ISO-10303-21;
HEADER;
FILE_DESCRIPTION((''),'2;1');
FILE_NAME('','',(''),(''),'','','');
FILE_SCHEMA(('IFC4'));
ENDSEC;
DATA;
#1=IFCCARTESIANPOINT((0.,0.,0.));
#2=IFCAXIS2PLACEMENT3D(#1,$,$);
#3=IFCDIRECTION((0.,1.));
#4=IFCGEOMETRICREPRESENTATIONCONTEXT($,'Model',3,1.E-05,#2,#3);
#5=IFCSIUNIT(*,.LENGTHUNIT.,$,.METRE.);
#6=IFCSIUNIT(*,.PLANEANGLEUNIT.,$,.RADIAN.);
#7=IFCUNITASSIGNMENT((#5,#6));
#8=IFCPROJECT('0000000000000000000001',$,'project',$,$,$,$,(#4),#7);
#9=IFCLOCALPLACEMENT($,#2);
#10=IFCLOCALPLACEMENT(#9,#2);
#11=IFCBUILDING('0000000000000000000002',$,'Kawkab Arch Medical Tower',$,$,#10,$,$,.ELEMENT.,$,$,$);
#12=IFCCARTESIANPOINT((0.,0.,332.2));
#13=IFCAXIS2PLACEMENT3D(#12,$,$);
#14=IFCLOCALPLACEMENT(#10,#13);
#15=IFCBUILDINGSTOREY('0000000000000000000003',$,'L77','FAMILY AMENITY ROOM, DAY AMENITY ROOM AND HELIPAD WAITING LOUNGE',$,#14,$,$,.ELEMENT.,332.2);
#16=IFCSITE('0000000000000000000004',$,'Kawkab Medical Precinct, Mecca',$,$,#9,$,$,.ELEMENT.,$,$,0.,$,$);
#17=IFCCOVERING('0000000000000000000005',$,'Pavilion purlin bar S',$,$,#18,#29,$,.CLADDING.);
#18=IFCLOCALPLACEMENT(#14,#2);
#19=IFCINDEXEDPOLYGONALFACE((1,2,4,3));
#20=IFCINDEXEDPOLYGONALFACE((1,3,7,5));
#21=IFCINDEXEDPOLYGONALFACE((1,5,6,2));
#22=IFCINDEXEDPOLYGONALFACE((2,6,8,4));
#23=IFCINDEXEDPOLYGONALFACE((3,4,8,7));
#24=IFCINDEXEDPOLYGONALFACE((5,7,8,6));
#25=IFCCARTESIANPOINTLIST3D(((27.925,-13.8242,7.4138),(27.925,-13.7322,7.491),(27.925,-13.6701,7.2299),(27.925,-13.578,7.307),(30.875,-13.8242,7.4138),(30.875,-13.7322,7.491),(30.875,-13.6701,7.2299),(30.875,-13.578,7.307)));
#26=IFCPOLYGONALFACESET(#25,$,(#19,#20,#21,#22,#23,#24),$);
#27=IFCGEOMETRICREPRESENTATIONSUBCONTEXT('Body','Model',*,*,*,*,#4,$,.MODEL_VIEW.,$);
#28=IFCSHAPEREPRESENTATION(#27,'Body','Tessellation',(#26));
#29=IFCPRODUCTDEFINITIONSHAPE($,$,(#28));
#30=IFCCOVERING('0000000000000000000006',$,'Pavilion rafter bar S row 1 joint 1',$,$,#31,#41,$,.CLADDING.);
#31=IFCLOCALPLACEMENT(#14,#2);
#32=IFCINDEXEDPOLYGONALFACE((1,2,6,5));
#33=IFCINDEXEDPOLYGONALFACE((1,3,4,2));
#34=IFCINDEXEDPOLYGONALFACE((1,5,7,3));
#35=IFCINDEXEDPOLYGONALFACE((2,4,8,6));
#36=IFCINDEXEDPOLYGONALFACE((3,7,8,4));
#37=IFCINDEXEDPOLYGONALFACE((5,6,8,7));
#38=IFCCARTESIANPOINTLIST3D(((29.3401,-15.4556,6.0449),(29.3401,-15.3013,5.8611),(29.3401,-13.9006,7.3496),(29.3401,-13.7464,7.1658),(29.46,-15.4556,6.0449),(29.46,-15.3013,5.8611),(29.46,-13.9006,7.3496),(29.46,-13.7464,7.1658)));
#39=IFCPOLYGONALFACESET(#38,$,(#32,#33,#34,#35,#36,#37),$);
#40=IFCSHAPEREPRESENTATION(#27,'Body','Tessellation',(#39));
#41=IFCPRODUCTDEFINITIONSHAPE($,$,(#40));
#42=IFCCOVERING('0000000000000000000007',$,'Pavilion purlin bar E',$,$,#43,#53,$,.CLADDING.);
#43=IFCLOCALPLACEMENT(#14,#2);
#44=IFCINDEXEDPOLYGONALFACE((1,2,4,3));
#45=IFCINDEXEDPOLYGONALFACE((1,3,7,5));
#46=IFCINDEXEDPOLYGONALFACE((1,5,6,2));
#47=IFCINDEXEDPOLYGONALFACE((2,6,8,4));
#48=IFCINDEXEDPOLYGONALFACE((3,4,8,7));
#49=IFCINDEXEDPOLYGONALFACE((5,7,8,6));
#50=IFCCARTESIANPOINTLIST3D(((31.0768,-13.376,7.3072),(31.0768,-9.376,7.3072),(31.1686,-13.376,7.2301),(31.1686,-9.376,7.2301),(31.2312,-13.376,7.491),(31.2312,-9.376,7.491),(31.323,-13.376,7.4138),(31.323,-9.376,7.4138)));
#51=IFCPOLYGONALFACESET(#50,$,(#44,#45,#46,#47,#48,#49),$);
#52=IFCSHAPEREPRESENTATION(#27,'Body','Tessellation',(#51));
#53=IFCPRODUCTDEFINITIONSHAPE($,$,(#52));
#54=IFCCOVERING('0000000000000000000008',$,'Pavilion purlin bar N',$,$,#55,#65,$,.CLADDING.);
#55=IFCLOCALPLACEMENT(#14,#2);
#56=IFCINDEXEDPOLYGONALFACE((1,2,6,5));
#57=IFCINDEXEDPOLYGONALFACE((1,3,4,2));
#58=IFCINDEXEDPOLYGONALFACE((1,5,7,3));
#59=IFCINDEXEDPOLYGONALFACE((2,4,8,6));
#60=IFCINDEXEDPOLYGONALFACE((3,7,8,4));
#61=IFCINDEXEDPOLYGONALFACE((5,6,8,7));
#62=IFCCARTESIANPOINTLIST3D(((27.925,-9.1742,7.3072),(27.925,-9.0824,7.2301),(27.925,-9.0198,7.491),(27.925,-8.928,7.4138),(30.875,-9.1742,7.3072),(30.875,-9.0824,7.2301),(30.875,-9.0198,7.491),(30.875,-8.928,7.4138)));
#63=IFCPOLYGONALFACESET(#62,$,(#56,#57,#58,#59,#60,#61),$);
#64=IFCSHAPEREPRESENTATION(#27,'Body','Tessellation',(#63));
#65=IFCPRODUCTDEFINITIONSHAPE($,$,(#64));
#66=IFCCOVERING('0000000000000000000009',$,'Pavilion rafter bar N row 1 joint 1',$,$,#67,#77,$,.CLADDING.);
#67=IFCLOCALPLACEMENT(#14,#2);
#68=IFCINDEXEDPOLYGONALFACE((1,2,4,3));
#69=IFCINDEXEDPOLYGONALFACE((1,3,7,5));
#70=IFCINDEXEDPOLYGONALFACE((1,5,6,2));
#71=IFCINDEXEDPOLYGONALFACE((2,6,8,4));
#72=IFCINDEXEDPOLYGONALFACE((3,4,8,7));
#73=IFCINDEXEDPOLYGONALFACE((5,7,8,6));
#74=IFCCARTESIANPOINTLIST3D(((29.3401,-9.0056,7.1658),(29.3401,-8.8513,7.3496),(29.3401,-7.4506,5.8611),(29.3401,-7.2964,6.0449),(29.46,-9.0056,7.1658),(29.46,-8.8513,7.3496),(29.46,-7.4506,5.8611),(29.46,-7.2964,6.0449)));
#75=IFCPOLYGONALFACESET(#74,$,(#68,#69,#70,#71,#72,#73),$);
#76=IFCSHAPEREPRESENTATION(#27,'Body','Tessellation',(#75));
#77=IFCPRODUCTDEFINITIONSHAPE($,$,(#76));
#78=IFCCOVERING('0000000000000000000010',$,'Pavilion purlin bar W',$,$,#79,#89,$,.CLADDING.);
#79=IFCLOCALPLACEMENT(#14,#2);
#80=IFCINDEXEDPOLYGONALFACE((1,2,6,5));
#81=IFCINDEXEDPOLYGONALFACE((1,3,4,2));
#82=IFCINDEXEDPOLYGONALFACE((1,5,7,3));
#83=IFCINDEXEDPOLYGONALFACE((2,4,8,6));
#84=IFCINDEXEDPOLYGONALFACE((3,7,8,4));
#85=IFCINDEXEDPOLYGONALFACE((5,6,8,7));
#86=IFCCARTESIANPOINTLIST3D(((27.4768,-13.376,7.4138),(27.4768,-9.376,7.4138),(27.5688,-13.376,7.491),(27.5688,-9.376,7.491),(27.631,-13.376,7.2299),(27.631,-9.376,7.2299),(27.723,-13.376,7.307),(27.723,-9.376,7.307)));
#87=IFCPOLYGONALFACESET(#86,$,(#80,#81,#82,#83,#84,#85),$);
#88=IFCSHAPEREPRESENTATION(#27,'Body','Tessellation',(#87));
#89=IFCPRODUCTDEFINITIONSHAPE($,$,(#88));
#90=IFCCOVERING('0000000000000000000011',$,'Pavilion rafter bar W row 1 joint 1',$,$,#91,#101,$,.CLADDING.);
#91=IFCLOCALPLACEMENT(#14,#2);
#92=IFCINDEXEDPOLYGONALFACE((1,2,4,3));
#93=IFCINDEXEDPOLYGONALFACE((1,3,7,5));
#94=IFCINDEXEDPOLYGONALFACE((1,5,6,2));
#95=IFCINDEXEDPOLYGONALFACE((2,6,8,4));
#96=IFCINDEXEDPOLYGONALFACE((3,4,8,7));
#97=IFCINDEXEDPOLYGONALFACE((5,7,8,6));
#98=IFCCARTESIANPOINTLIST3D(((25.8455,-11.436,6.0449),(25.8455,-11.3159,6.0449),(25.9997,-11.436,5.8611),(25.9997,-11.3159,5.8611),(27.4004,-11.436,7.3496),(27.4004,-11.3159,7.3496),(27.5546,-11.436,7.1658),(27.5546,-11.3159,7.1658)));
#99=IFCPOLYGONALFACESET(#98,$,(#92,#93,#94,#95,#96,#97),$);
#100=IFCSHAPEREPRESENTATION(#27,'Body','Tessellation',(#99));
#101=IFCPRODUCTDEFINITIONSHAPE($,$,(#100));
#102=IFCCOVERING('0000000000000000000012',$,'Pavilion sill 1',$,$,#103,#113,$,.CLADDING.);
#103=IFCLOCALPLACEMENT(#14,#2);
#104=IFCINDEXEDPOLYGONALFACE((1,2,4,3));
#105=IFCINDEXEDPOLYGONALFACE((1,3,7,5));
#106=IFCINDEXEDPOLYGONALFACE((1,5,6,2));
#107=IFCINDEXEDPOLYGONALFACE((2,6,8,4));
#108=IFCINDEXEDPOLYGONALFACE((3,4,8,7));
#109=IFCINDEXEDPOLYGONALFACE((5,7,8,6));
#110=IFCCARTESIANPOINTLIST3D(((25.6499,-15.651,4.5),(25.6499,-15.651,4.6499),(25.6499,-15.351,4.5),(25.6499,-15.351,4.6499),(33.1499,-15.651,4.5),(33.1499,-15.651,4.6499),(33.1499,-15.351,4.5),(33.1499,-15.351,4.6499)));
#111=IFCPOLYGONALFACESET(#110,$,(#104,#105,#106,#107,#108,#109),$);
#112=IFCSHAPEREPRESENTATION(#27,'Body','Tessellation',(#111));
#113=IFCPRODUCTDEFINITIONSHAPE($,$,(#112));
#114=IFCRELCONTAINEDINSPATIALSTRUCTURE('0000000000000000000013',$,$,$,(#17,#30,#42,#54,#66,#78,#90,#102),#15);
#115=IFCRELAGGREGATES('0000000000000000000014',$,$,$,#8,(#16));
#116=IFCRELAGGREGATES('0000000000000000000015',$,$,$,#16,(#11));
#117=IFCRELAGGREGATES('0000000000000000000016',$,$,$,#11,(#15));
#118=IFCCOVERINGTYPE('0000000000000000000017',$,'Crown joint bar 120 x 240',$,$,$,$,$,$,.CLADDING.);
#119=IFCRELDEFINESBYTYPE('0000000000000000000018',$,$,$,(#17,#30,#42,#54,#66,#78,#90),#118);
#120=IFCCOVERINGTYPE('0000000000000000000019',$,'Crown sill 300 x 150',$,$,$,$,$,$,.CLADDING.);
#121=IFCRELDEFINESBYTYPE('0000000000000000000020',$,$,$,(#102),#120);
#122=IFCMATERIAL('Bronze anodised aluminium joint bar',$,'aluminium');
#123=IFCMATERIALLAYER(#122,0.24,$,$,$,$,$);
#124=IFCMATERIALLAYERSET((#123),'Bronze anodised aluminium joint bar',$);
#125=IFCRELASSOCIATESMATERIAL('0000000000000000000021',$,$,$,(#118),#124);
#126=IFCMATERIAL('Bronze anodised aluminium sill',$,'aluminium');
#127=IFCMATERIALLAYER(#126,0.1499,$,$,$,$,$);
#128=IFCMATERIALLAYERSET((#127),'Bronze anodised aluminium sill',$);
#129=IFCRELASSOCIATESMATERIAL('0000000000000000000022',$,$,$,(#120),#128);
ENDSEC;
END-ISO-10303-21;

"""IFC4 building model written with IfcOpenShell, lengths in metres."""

from ifc_helpers import new_model, si_unit, direction, frame, origin, origin_2d, place, context, subcontext, project, spatial, polyline, rectangle, outline, extrude, material, layer, layer_set, type_object, element, save


model = new_model("IFC4")

# Units and contexts
model_context = context("Model", 3, precision=1e-05, world=origin(), true_north=direction((0.0, 1.0)))
body_context = subcontext(model_context, "Body", "Model", "MODEL_VIEW")
ifc_project = project(units=[si_unit("LENGTHUNIT", "METRE"), si_unit("PLANEANGLEUNIT", "RADIAN")], contexts=[model_context])

# Site, building, storey
site_placement = place(None, origin())
site = spatial("IfcSite", under=ifc_project, at=site_placement, Name="Kawkab Medical Precinct, Mecca", CompositionType="ELEMENT", RefElevation=0.0)
building_placement = place(site_placement, origin())
building = spatial("IfcBuilding", under=site, at=building_placement, Name="Kawkab Arch Medical Tower", CompositionType="ELEMENT")
storey_placement = place(building_placement, frame((0.0, 0.0, 332.2)))
storey = spatial("IfcBuildingStorey", under=building, at=storey_placement, Name="L77", Description="FAMILY AMENITY ROOM, DAY AMENITY ROOM AND HELIPAD WAITING LOUNGE", CompositionType="ELEMENT", Elevation=332.2)

# Coverings
ifc_material_1 = material(Name="Bronze anodised aluminium joint bar", Category="aluminium")
ifc_layer_1 = layer(ifc_material_1, 0.24)
ifc_layer_set_1 = layer_set([ifc_layer_1], Name="Bronze anodised aluminium joint bar")
covering_type_1 = type_object("IfcCoveringType", Name="Crown joint bar 120 x 240", PredefinedType="CLADDING", material=ifc_layer_set_1)
covering_1_placement = place(storey_placement, frame((27.925, -13.8242, 7.4138), z_axis=(0.0, -0.642381, 0.766385), x_axis=(1.0, 0.0, 0.0)))
element("IfcCovering", 1, at=covering_1_placement, inside=storey, type_object=covering_type_1, Name="Pavilion purlin bar S", PredefinedType="CLADDING", context=body_context, shape_type="SweptSolid", body=[
    extrude(outline(polyline([(0.0, 0.0), (2.95, 0.0), (2.95, 0.1201), (0.0, 0.1201), (0.0, 0.0)])), origin(), (0.0, 0.0, -1.0), 0.24),
])
covering_2_placement = place(storey_placement, frame((29.46, -15.4556, 6.0449), z_axis=(0.0, -0.642772, 0.766058), x_axis=(0.0, 0.766058, 0.642772)))
element("IfcCovering", 2, at=covering_2_placement, inside=storey, type_object=covering_type_1, Name="Pavilion rafter bar S row 1 joint 1", PredefinedType="CLADDING", context=body_context, shape_type="SweptSolid", body=[
    extrude(outline(polyline([(0.0, 0.0), (2.0298, 0.0), (2.0298, 0.1199), (0.0, 0.1199), (0.0, 0.0)])), origin(), (0.0, 0.0, -1.0), 0.24),
])
covering_3_placement = place(storey_placement, frame((31.323, -13.376, 7.4138), z_axis=(0.643383, 0.0, 0.765544), x_axis=(0.0, 1.0, 0.0)))
element("IfcCovering", 3, at=covering_3_placement, inside=storey, type_object=covering_type_1, Name="Pavilion purlin bar E", PredefinedType="CLADDING", context=body_context, shape_type="SweptSolid", body=[
    extrude(outline(polyline([(0.0, 0.0), (4.0, 0.0), (4.0, 0.1199), (0.0, 0.1199), (0.0, 0.0)])), origin(), (0.0, 0.0, -1.0), 0.24),
])
covering_4_placement = place(storey_placement, frame((30.875, -8.928, 7.4138), z_axis=(0.0, 0.643383, 0.765544), x_axis=(-1.0, 0.0, 0.0)))
element("IfcCovering", 4, at=covering_4_placement, inside=storey, type_object=covering_type_1, Name="Pavilion purlin bar N", PredefinedType="CLADDING", context=body_context, shape_type="SweptSolid", body=[
    extrude(outline(polyline([(0.0, 0.0), (2.95, 0.0), (2.95, 0.1199), (0.0, 0.1199), (0.0, 0.0)])), origin(), (0.0, 0.0, -1.0), 0.24),
])
covering_5_placement = place(storey_placement, frame((29.3401, -7.2964, 6.0449), z_axis=(0.0, 0.642772, 0.766058), x_axis=(0.0, -0.766058, 0.642772)))
element("IfcCovering", 5, at=covering_5_placement, inside=storey, type_object=covering_type_1, Name="Pavilion rafter bar N row 1 joint 1", PredefinedType="CLADDING", context=body_context, shape_type="SweptSolid", body=[
    extrude(outline(polyline([(0.0, 0.0), (2.0298, 0.0), (2.0298, 0.1199), (0.0, 0.1199), (0.0, 0.0)])), origin(), (0.0, 0.0, -1.0), 0.24),
])
covering_6_placement = place(storey_placement, frame((27.4768, -9.376, 7.4138), z_axis=(-0.642381, 0.0, 0.766385), x_axis=(0.0, -1.0, 0.0)))
element("IfcCovering", 6, at=covering_6_placement, inside=storey, type_object=covering_type_1, Name="Pavilion purlin bar W", PredefinedType="CLADDING", context=body_context, shape_type="SweptSolid", body=[
    extrude(outline(polyline([(0.0, 0.0), (4.0, 0.0), (4.0, 0.1201), (0.0, 0.1201), (0.0, 0.0)])), origin(), (0.0, 0.0, -1.0), 0.24),
])
covering_7_placement = place(storey_placement, frame((25.8455, -11.436, 6.0449), z_axis=(-0.642772, 0.0, 0.766058), x_axis=(0.766058, 0.0, 0.642772)))
element("IfcCovering", 7, at=covering_7_placement, inside=storey, type_object=covering_type_1, Name="Pavilion rafter bar W row 1 joint 1", PredefinedType="CLADDING", context=body_context, shape_type="SweptSolid", body=[
    extrude(outline(polyline([(0.0, 0.0), (2.0298, 0.0), (2.0298, 0.1201), (0.0, 0.1201), (0.0, 0.0)])), origin(), (0.0, 0.0, -1.0), 0.24),
])
ifc_material_2 = material(Name="Bronze anodised aluminium sill", Category="aluminium")
ifc_layer_2 = layer(ifc_material_2, 0.1499)
ifc_layer_set_2 = layer_set([ifc_layer_2], Name="Bronze anodised aluminium sill")
covering_type_2 = type_object("IfcCoveringType", Name="Crown sill 300 x 150", PredefinedType="CLADDING", material=ifc_layer_set_2)
covering_8_placement = place(storey_placement, frame((29.3999, -15.501, 4.5), z_axis=(0.0, 0.0, 1.0), x_axis=(1.0, 0.0, 0.0)))
element("IfcCovering", 8, at=covering_8_placement, inside=storey, type_object=covering_type_2, Name="Pavilion sill 1", PredefinedType="CLADDING", context=body_context, shape_type="SweptSolid", body=[
    extrude(rectangle(XDim=7.5, YDim=0.3, at=origin_2d()), origin(), (0.0, 0.0, 1.0), 0.1499),
])

save(model, "model.ifc")
